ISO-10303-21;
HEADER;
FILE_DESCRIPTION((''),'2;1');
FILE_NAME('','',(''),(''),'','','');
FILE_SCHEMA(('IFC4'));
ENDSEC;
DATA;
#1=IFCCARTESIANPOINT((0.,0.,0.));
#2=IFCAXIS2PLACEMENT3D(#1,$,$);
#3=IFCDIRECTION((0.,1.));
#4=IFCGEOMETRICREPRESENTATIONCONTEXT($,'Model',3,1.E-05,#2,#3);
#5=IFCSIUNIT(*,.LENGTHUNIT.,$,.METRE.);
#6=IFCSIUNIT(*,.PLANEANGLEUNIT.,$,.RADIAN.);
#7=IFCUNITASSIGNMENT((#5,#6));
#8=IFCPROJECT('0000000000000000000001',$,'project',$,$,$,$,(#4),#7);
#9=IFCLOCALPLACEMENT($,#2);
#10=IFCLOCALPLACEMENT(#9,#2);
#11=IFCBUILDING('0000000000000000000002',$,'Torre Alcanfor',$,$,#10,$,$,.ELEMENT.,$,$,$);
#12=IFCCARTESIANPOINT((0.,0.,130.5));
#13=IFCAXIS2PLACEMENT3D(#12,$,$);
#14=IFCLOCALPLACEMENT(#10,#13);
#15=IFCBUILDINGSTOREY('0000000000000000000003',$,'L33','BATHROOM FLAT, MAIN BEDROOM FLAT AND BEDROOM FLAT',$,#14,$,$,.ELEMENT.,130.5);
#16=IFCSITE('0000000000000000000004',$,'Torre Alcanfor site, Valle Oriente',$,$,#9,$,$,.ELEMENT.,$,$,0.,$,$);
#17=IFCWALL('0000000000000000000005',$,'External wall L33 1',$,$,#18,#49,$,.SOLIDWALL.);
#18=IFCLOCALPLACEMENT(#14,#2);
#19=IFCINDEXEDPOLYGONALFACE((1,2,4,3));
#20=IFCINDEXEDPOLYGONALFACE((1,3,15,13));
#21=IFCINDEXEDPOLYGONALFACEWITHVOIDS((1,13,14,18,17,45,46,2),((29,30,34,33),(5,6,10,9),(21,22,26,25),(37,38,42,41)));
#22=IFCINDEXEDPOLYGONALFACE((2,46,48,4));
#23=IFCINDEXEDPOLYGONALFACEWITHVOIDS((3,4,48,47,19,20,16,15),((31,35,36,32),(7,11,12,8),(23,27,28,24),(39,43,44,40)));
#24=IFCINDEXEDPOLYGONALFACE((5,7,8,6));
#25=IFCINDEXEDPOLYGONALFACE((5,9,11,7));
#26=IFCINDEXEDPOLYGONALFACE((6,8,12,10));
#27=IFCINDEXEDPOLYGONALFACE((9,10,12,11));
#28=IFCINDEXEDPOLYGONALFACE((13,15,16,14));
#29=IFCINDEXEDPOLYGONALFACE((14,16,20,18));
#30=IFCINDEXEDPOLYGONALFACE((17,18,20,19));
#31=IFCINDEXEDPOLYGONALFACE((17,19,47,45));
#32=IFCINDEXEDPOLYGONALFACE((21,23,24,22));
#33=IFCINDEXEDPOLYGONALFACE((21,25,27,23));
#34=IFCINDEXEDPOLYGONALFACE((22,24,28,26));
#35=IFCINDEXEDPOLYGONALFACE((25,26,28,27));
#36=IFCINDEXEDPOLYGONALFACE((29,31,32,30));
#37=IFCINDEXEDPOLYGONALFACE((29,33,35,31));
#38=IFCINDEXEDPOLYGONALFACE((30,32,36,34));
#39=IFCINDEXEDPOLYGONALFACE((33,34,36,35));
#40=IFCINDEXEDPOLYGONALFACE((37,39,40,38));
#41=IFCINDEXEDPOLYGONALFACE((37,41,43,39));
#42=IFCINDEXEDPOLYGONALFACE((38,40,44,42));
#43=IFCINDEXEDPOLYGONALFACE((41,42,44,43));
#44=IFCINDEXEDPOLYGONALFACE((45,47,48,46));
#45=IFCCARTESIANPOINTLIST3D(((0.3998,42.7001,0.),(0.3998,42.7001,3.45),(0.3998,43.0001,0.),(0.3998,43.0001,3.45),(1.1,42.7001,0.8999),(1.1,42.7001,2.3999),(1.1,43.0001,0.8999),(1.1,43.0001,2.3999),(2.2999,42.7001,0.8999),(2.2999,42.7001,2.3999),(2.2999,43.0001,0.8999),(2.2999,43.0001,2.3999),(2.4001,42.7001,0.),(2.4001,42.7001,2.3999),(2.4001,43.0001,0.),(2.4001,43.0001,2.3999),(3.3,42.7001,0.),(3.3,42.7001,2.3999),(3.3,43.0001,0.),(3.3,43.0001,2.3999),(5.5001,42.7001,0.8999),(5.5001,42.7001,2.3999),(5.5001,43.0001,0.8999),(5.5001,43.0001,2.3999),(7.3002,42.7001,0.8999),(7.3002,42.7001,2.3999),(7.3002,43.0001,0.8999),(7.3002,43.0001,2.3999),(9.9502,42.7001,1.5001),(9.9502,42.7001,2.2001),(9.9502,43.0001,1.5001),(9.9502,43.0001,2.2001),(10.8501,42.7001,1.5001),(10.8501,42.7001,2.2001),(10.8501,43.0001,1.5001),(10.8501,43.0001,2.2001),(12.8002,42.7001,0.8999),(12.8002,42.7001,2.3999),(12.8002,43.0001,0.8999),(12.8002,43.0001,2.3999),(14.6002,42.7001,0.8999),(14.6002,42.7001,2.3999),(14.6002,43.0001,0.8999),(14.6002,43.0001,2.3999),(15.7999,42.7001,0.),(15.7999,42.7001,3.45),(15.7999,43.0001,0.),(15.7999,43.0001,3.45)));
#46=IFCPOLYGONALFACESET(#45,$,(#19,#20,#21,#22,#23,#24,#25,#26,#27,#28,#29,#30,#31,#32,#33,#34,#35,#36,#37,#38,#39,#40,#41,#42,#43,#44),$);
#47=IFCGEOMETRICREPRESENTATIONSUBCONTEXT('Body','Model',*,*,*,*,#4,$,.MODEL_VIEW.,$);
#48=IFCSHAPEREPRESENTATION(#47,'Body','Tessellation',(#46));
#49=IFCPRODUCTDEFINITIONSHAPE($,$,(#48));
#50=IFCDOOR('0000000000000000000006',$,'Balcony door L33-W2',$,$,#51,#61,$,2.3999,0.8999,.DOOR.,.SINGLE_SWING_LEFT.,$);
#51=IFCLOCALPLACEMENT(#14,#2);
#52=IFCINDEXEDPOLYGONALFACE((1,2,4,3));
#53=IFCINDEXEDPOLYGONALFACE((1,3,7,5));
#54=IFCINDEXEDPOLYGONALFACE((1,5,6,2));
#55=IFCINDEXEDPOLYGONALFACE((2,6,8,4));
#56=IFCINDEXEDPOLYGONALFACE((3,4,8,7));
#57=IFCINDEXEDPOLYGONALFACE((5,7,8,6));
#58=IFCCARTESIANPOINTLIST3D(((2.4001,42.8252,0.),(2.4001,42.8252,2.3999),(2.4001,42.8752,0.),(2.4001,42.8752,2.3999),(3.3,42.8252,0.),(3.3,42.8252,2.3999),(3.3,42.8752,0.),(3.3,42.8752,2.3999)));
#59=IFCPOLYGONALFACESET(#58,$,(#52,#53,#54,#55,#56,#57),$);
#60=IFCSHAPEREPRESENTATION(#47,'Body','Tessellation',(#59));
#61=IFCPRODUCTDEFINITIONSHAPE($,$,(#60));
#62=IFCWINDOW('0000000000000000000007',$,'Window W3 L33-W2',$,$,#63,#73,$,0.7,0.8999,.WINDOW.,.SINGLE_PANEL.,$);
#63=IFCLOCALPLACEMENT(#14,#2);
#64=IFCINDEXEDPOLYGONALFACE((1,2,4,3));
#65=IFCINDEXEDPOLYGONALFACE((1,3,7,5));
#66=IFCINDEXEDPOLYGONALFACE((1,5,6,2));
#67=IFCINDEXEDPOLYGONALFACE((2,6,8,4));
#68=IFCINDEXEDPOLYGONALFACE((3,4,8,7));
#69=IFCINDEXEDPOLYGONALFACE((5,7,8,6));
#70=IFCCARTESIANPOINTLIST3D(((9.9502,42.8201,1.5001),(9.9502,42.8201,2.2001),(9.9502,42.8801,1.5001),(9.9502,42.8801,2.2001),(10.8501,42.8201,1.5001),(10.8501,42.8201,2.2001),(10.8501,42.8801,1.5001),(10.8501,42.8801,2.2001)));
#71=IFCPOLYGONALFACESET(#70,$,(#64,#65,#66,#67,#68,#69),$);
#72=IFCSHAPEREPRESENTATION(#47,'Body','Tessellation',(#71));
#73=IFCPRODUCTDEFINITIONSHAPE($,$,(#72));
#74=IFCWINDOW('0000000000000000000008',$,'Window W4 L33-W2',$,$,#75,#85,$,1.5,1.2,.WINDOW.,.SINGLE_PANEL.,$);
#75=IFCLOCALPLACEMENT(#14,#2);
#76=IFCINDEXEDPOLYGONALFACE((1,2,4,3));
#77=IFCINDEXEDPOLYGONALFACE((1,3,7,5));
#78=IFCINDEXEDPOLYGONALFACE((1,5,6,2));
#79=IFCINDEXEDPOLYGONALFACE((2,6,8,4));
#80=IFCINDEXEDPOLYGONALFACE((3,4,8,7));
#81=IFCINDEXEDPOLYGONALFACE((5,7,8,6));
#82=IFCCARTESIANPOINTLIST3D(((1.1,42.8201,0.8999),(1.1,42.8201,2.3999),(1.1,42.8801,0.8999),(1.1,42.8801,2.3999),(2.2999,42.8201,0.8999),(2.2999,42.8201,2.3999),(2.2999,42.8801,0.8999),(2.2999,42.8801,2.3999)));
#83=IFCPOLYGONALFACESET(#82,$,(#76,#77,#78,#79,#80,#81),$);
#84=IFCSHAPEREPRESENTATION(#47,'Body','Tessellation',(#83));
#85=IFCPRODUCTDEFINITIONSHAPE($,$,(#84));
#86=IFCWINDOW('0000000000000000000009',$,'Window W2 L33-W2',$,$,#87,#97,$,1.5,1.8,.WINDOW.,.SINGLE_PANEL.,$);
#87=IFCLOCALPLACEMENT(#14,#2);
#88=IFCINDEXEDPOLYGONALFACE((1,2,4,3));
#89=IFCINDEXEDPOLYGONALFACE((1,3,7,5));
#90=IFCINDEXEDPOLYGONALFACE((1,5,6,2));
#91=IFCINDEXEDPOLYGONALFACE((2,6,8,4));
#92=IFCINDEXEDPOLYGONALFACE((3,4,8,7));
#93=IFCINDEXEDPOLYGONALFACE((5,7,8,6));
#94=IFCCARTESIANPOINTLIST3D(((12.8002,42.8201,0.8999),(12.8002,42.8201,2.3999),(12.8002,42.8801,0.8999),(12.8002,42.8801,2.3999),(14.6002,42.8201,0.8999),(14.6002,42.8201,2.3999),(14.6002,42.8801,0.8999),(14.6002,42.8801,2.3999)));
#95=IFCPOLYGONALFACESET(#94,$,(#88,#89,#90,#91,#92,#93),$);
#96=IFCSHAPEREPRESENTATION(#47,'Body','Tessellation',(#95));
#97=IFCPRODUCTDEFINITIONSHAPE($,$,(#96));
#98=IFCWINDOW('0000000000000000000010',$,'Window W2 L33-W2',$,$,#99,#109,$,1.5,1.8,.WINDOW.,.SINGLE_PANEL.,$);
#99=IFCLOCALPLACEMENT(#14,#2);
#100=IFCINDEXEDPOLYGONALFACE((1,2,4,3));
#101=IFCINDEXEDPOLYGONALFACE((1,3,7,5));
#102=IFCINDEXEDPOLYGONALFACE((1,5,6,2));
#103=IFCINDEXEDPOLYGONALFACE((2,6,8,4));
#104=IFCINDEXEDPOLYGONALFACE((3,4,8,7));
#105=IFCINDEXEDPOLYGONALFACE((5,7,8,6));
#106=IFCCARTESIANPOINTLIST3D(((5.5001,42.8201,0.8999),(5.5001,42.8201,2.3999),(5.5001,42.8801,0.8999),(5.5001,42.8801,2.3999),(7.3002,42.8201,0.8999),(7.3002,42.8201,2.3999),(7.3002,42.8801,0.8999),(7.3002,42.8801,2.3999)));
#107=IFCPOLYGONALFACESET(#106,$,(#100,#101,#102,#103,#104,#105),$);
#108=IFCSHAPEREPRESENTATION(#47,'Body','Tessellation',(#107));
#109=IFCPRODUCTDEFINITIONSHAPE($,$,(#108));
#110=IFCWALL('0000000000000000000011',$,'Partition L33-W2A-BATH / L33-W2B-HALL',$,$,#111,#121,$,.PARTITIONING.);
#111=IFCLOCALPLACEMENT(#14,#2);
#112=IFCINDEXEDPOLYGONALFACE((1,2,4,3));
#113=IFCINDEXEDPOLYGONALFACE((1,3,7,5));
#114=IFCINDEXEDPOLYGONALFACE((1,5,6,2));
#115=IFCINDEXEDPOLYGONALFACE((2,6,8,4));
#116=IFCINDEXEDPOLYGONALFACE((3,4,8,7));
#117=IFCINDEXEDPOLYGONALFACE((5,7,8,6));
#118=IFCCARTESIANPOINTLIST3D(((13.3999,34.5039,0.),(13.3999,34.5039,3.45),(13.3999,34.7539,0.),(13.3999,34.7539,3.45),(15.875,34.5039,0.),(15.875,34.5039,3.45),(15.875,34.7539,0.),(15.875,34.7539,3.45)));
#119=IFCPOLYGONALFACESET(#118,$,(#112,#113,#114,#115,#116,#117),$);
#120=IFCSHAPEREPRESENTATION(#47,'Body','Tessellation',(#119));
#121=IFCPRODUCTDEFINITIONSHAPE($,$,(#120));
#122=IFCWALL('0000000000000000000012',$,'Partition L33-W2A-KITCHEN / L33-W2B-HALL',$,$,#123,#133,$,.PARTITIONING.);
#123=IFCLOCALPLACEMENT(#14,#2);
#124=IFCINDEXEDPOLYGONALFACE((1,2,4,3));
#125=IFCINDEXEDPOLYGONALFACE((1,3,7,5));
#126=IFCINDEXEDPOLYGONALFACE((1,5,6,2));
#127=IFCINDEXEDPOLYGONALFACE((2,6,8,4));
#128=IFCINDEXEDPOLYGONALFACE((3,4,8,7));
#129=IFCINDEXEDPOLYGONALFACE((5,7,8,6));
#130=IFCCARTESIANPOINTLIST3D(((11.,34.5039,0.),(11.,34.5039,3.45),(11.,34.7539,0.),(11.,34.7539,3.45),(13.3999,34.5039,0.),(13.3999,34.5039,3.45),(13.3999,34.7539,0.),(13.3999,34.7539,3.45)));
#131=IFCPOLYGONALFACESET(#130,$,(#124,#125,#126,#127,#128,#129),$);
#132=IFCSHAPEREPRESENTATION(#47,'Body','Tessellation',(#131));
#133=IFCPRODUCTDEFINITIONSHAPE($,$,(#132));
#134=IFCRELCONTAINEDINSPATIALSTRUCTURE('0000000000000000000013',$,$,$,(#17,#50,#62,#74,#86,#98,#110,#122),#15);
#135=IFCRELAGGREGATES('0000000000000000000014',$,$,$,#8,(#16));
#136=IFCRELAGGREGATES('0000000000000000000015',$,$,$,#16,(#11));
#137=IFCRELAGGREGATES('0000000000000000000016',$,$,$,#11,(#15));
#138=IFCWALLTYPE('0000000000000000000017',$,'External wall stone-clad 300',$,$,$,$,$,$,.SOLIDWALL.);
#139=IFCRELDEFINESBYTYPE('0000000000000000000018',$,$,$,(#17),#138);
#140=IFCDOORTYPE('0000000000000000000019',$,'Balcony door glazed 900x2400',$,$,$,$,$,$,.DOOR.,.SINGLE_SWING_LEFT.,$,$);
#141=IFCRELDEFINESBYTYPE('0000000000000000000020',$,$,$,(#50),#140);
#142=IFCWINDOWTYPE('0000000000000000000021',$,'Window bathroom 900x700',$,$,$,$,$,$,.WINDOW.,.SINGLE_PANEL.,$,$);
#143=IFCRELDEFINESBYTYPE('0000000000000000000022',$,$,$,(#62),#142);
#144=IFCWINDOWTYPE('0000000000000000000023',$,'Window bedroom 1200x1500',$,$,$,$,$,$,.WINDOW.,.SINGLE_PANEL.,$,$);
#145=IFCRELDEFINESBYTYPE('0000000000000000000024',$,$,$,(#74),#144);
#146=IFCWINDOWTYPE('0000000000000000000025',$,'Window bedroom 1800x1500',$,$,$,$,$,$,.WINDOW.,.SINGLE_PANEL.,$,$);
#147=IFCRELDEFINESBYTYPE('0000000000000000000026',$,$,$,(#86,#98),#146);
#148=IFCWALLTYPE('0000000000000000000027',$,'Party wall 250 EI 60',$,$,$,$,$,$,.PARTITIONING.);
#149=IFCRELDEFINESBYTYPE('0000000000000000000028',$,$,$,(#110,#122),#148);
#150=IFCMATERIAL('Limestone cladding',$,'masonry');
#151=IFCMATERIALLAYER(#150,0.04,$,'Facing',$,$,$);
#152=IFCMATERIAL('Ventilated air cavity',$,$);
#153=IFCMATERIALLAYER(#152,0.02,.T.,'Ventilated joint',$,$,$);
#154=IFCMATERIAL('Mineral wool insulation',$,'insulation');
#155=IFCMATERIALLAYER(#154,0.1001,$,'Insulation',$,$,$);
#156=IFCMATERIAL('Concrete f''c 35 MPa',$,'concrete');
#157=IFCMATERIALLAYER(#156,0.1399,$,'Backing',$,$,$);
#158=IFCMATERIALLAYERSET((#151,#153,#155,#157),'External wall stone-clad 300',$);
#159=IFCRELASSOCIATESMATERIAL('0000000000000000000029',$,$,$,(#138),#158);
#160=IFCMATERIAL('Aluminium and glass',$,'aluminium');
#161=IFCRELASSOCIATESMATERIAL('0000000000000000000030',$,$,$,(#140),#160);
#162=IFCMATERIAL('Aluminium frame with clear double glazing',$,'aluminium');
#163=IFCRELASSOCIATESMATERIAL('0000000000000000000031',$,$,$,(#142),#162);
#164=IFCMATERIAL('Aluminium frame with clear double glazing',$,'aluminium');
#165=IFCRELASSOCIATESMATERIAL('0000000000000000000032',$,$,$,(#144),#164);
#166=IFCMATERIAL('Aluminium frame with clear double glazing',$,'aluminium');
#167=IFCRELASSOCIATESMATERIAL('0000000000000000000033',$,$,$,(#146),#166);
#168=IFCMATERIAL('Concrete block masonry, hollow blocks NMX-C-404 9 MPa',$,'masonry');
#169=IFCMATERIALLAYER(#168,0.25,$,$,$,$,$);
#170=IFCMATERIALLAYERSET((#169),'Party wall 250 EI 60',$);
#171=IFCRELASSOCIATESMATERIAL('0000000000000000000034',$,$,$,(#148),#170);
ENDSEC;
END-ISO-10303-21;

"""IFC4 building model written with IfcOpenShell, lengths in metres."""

from ifc_helpers import new_model, si_unit, direction, frame, frame_2d, origin, place, context, subcontext, project, spatial, rectangle, extrude, material, layer, layer_set, type_object, element, fill, save


model = new_model("IFC4")

# Units and contexts
model_context = context("Model", 3, precision=1e-05, world=origin(), true_north=direction((0.0, 1.0)))
body_context = subcontext(model_context, "Body", "Model", "MODEL_VIEW")
ifc_project = project(units=[si_unit("LENGTHUNIT", "METRE"), si_unit("PLANEANGLEUNIT", "RADIAN")], contexts=[model_context])

# Site, building, storey
site_placement = place(None, origin())
site = spatial("IfcSite", under=ifc_project, at=site_placement, Name="Torre Alcanfor site, Valle Oriente", CompositionType="ELEMENT", RefElevation=0.0)
building_placement = place(site_placement, origin())
building = spatial("IfcBuilding", under=site, at=building_placement, Name="Torre Alcanfor", CompositionType="ELEMENT")
storey_placement = place(building_placement, frame((0.0, 0.0, 130.5)))
storey = spatial("IfcBuildingStorey", under=building, at=storey_placement, Name="L33", Description="BATHROOM FLAT, MAIN BEDROOM FLAT AND BEDROOM FLAT", CompositionType="ELEMENT", Elevation=130.5)

# Wall, openings, door, windows
ifc_material_1 = material(Name="Limestone cladding", Category="masonry")
ifc_layer_1 = layer(ifc_material_1, 0.04, Name="Facing")
ifc_material_2 = material(Name="Ventilated air cavity")
ifc_layer_2 = layer(ifc_material_2, 0.02, ventilated=True, Name="Ventilated joint")
ifc_material_3 = material(Name="Mineral wool insulation", Category="insulation")
ifc_layer_3 = layer(ifc_material_3, 0.1001, Name="Insulation")
ifc_material_4 = material(Name="Concrete f'c 35 MPa", Category="concrete")
ifc_layer_4 = layer(ifc_material_4, 0.1399, Name="Backing")
ifc_layer_set_1 = layer_set([ifc_layer_1, ifc_layer_2, ifc_layer_3, ifc_layer_4], Name="External wall stone-clad 300")
wall_type_1 = type_object("IfcWallType", Name="External wall stone-clad 300", PredefinedType="SOLIDWALL", material=ifc_layer_set_1)
wall_1_placement = place(storey_placement, frame((15.8, 42.8501, 0.0), z_axis=(0.0, 0.0, 1.0), x_axis=(-1.0, 0.0, 0.0)))
wall_1 = element("IfcWall", 1, at=wall_1_placement, inside=storey, type_object=wall_type_1, Name="External wall L33 1", PredefinedType="SOLIDWALL", context=body_context, shape_type="SweptSolid", body=[
    extrude(rectangle(XDim=15.4001, YDim=0.3, at=frame_2d((7.7002, 0.0))), origin(), (0.0, 0.0, 1.0), 3.45),
])
opening_1_placement = place(wall_1_placement, frame((1.2, 0.0, 0.8999)))
opening_1 = element("IfcOpeningElement", 2, at=opening_1_placement, cuts=wall_1, PredefinedType="OPENING", context=body_context, shape_type="SweptSolid", body=[
    extrude(rectangle(XDim=1.8, YDim=1.5, at=frame_2d((0.8999, 0.75))), frame((0.0, 0.1599, 0.0), z_axis=(0.0, -1.0, 0.0), x_axis=(1.0, 0.0, 0.0)), (0.0, 0.0, 1.0), 0.3201),
])
opening_2_placement = place(wall_1_placement, frame((4.95, 0.0, 1.5)))
opening_2 = element("IfcOpeningElement", 3, at=opening_2_placement, cuts=wall_1, PredefinedType="OPENING", context=body_context, shape_type="SweptSolid", body=[
    extrude(rectangle(XDim=0.8999, YDim=0.7, at=frame_2d((0.45, 0.3501))), frame((0.0, 0.1599, 0.0), z_axis=(0.0, -1.0, 0.0), x_axis=(1.0, 0.0, 0.0)), (0.0, 0.0, 1.0), 0.3201),
])
opening_3_placement = place(wall_1_placement, frame((8.5, 0.0, 0.8999)))
opening_3 = element("IfcOpeningElement", 4, at=opening_3_placement, cuts=wall_1, PredefinedType="OPENING", context=body_context, shape_type="SweptSolid", body=[
    extrude(rectangle(XDim=1.8, YDim=1.5, at=frame_2d((0.8999, 0.75))), frame((0.0, 0.1599, 0.0), z_axis=(0.0, -1.0, 0.0), x_axis=(1.0, 0.0, 0.0)), (0.0, 0.0, 1.0), 0.3201),
])
opening_4_placement = place(wall_1_placement, frame((12.5, 0.0, 0.0)))
opening_4 = element("IfcOpeningElement", 5, at=opening_4_placement, cuts=wall_1, PredefinedType="OPENING", context=body_context, shape_type="SweptSolid", body=[
    extrude(rectangle(XDim=0.8999, YDim=2.3999, at=frame_2d((0.45, 1.2))), frame((0.0, 0.1599, 0.0), z_axis=(0.0, -1.0, 0.0), x_axis=(1.0, 0.0, 0.0)), (0.0, 0.0, 1.0), 0.3201),
])
opening_5_placement = place(wall_1_placement, frame((13.5, 0.0, 0.8999)))
opening_5 = element("IfcOpeningElement", 6, at=opening_5_placement, cuts=wall_1, PredefinedType="OPENING", context=body_context, shape_type="SweptSolid", body=[
    extrude(rectangle(XDim=1.2, YDim=1.5, at=frame_2d((0.6001, 0.75))), frame((0.0, 0.1599, 0.0), z_axis=(0.0, -1.0, 0.0), x_axis=(1.0, 0.0, 0.0)), (0.0, 0.0, 1.0), 0.3201),
])
ifc_material_5 = material(Name="Aluminium and glass", Category="aluminium")
door_type_1 = type_object("IfcDoorType", Name="Balcony door glazed 900x2400", OperationType="SINGLE_SWING_LEFT", PredefinedType="DOOR", material=ifc_material_5)
door_1_placement = place(opening_4_placement, origin())
door_1 = element("IfcDoor", 7, at=door_1_placement, inside=storey, type_object=door_type_1, Name="Balcony door L33-W2", OperationType="SINGLE_SWING_LEFT", OverallHeight=2.3999, OverallWidth=0.8999, PredefinedType="DOOR", context=body_context, shape_type="SweptSolid", body=[
    extrude(rectangle(XDim=0.8999, YDim=2.3999, at=frame_2d((0.45, 1.2))), frame((0.0, 0.0249, 0.0), z_axis=(0.0, -1.0, 0.0), x_axis=(1.0, 0.0, 0.0)), (0.0, 0.0, 1.0), 0.05),
])
fill(opening_4, door_1)
ifc_material_6 = material(Name="Aluminium frame with clear double glazing", Category="aluminium")
window_type_1 = type_object("IfcWindowType", Name="Window bathroom 900x700", PartitioningType="SINGLE_PANEL", PredefinedType="WINDOW", material=ifc_material_6)
window_1_placement = place(opening_2_placement, origin())
window_1 = element("IfcWindow", 8, at=window_1_placement, inside=storey, type_object=window_type_1, Name="Window W3 L33-W2", OverallHeight=0.7, OverallWidth=0.8999, PartitioningType="SINGLE_PANEL", PredefinedType="WINDOW", context=body_context, shape_type="SweptSolid", body=[
    extrude(rectangle(XDim=0.8999, YDim=0.7, at=frame_2d((0.45, 0.3501))), frame((0.0, 0.03, 0.0), z_axis=(0.0, -1.0, 0.0), x_axis=(1.0, 0.0, 0.0)), (0.0, 0.0, 1.0), 0.0601),
])
fill(opening_2, window_1)
ifc_material_7 = material(Name="Aluminium frame with clear double glazing", Category="aluminium")
window_type_2 = type_object("IfcWindowType", Name="Window bedroom 1200x1500", PartitioningType="SINGLE_PANEL", PredefinedType="WINDOW", material=ifc_material_7)
window_2_placement = place(opening_5_placement, origin())
window_2 = element("IfcWindow", 9, at=window_2_placement, inside=storey, type_object=window_type_2, Name="Window W4 L33-W2", OverallHeight=1.5, OverallWidth=1.2, PartitioningType="SINGLE_PANEL", PredefinedType="WINDOW", context=body_context, shape_type="SweptSolid", body=[
    extrude(rectangle(XDim=1.2, YDim=1.5, at=frame_2d((0.6001, 0.75))), frame((0.0, 0.03, 0.0), z_axis=(0.0, -1.0, 0.0), x_axis=(1.0, 0.0, 0.0)), (0.0, 0.0, 1.0), 0.0601),
])
fill(opening_5, window_2)
ifc_material_8 = material(Name="Aluminium frame with clear double glazing", Category="aluminium")
window_type_3 = type_object("IfcWindowType", Name="Window bedroom 1800x1500", PartitioningType="SINGLE_PANEL", PredefinedType="WINDOW", material=ifc_material_8)
window_3_placement = place(opening_1_placement, origin())
window_3 = element("IfcWindow", 10, at=window_3_placement, inside=storey, type_object=window_type_3, Name="Window W2 L33-W2", OverallHeight=1.5, OverallWidth=1.8, PartitioningType="SINGLE_PANEL", PredefinedType="WINDOW", context=body_context, shape_type="SweptSolid", body=[
    extrude(rectangle(XDim=1.8, YDim=1.5, at=frame_2d((0.8999, 0.75))), frame((0.0, 0.03, 0.0), z_axis=(0.0, -1.0, 0.0), x_axis=(1.0, 0.0, 0.0)), (0.0, 0.0, 1.0), 0.0601),
])
fill(opening_1, window_3)
window_4_placement = place(opening_3_placement, origin())
window_4 = element("IfcWindow", 11, at=window_4_placement, inside=storey, type_object=window_type_3, Name="Window W2 L33-W2", OverallHeight=1.5, OverallWidth=1.8, PartitioningType="SINGLE_PANEL", PredefinedType="WINDOW", context=body_context, shape_type="SweptSolid", body=[
    extrude(rectangle(XDim=1.8, YDim=1.5, at=frame_2d((0.8999, 0.75))), frame((0.0, 0.03, 0.0), z_axis=(0.0, -1.0, 0.0), x_axis=(1.0, 0.0, 0.0)), (0.0, 0.0, 1.0), 0.0601),
])
fill(opening_3, window_4)

# Walls
ifc_material_9 = material(Name="Concrete block masonry, hollow blocks NMX-C-404 9 MPa", Category="masonry")
ifc_layer_5 = layer(ifc_material_9, 0.25)
ifc_layer_set_2 = layer_set([ifc_layer_5], Name="Party wall 250 EI 60")
wall_type_2 = type_object("IfcWallType", Name="Party wall 250 EI 60", PredefinedType="PARTITIONING", material=ifc_layer_set_2)
wall_2_placement = place(storey_placement, frame((13.3999, 34.6289, 0.0), z_axis=(0.0, 0.0, 1.0), x_axis=(1.0, 0.0, 0.0)))
element("IfcWall", 12, at=wall_2_placement, inside=storey, type_object=wall_type_2, Name="Partition L33-W2A-BATH / L33-W2B-HALL", PredefinedType="PARTITIONING", context=body_context, shape_type="SweptSolid", body=[
    extrude(rectangle(XDim=2.4751, YDim=0.25, at=frame_2d((1.2375, 0.0))), origin(), (0.0, 0.0, 1.0), 3.45),
])
wall_3_placement = place(storey_placement, frame((11.0, 34.6289, 0.0), z_axis=(0.0, 0.0, 1.0), x_axis=(1.0, 0.0, 0.0)))
element("IfcWall", 13, at=wall_3_placement, inside=storey, type_object=wall_type_2, Name="Partition L33-W2A-KITCHEN / L33-W2B-HALL", PredefinedType="PARTITIONING", context=body_context, shape_type="SweptSolid", body=[
    extrude(rectangle(XDim=2.3999, YDim=0.25, at=frame_2d((1.2, 0.0))), origin(), (0.0, 0.0, 1.0), 3.45),
])

save(model, "model.ifc")
